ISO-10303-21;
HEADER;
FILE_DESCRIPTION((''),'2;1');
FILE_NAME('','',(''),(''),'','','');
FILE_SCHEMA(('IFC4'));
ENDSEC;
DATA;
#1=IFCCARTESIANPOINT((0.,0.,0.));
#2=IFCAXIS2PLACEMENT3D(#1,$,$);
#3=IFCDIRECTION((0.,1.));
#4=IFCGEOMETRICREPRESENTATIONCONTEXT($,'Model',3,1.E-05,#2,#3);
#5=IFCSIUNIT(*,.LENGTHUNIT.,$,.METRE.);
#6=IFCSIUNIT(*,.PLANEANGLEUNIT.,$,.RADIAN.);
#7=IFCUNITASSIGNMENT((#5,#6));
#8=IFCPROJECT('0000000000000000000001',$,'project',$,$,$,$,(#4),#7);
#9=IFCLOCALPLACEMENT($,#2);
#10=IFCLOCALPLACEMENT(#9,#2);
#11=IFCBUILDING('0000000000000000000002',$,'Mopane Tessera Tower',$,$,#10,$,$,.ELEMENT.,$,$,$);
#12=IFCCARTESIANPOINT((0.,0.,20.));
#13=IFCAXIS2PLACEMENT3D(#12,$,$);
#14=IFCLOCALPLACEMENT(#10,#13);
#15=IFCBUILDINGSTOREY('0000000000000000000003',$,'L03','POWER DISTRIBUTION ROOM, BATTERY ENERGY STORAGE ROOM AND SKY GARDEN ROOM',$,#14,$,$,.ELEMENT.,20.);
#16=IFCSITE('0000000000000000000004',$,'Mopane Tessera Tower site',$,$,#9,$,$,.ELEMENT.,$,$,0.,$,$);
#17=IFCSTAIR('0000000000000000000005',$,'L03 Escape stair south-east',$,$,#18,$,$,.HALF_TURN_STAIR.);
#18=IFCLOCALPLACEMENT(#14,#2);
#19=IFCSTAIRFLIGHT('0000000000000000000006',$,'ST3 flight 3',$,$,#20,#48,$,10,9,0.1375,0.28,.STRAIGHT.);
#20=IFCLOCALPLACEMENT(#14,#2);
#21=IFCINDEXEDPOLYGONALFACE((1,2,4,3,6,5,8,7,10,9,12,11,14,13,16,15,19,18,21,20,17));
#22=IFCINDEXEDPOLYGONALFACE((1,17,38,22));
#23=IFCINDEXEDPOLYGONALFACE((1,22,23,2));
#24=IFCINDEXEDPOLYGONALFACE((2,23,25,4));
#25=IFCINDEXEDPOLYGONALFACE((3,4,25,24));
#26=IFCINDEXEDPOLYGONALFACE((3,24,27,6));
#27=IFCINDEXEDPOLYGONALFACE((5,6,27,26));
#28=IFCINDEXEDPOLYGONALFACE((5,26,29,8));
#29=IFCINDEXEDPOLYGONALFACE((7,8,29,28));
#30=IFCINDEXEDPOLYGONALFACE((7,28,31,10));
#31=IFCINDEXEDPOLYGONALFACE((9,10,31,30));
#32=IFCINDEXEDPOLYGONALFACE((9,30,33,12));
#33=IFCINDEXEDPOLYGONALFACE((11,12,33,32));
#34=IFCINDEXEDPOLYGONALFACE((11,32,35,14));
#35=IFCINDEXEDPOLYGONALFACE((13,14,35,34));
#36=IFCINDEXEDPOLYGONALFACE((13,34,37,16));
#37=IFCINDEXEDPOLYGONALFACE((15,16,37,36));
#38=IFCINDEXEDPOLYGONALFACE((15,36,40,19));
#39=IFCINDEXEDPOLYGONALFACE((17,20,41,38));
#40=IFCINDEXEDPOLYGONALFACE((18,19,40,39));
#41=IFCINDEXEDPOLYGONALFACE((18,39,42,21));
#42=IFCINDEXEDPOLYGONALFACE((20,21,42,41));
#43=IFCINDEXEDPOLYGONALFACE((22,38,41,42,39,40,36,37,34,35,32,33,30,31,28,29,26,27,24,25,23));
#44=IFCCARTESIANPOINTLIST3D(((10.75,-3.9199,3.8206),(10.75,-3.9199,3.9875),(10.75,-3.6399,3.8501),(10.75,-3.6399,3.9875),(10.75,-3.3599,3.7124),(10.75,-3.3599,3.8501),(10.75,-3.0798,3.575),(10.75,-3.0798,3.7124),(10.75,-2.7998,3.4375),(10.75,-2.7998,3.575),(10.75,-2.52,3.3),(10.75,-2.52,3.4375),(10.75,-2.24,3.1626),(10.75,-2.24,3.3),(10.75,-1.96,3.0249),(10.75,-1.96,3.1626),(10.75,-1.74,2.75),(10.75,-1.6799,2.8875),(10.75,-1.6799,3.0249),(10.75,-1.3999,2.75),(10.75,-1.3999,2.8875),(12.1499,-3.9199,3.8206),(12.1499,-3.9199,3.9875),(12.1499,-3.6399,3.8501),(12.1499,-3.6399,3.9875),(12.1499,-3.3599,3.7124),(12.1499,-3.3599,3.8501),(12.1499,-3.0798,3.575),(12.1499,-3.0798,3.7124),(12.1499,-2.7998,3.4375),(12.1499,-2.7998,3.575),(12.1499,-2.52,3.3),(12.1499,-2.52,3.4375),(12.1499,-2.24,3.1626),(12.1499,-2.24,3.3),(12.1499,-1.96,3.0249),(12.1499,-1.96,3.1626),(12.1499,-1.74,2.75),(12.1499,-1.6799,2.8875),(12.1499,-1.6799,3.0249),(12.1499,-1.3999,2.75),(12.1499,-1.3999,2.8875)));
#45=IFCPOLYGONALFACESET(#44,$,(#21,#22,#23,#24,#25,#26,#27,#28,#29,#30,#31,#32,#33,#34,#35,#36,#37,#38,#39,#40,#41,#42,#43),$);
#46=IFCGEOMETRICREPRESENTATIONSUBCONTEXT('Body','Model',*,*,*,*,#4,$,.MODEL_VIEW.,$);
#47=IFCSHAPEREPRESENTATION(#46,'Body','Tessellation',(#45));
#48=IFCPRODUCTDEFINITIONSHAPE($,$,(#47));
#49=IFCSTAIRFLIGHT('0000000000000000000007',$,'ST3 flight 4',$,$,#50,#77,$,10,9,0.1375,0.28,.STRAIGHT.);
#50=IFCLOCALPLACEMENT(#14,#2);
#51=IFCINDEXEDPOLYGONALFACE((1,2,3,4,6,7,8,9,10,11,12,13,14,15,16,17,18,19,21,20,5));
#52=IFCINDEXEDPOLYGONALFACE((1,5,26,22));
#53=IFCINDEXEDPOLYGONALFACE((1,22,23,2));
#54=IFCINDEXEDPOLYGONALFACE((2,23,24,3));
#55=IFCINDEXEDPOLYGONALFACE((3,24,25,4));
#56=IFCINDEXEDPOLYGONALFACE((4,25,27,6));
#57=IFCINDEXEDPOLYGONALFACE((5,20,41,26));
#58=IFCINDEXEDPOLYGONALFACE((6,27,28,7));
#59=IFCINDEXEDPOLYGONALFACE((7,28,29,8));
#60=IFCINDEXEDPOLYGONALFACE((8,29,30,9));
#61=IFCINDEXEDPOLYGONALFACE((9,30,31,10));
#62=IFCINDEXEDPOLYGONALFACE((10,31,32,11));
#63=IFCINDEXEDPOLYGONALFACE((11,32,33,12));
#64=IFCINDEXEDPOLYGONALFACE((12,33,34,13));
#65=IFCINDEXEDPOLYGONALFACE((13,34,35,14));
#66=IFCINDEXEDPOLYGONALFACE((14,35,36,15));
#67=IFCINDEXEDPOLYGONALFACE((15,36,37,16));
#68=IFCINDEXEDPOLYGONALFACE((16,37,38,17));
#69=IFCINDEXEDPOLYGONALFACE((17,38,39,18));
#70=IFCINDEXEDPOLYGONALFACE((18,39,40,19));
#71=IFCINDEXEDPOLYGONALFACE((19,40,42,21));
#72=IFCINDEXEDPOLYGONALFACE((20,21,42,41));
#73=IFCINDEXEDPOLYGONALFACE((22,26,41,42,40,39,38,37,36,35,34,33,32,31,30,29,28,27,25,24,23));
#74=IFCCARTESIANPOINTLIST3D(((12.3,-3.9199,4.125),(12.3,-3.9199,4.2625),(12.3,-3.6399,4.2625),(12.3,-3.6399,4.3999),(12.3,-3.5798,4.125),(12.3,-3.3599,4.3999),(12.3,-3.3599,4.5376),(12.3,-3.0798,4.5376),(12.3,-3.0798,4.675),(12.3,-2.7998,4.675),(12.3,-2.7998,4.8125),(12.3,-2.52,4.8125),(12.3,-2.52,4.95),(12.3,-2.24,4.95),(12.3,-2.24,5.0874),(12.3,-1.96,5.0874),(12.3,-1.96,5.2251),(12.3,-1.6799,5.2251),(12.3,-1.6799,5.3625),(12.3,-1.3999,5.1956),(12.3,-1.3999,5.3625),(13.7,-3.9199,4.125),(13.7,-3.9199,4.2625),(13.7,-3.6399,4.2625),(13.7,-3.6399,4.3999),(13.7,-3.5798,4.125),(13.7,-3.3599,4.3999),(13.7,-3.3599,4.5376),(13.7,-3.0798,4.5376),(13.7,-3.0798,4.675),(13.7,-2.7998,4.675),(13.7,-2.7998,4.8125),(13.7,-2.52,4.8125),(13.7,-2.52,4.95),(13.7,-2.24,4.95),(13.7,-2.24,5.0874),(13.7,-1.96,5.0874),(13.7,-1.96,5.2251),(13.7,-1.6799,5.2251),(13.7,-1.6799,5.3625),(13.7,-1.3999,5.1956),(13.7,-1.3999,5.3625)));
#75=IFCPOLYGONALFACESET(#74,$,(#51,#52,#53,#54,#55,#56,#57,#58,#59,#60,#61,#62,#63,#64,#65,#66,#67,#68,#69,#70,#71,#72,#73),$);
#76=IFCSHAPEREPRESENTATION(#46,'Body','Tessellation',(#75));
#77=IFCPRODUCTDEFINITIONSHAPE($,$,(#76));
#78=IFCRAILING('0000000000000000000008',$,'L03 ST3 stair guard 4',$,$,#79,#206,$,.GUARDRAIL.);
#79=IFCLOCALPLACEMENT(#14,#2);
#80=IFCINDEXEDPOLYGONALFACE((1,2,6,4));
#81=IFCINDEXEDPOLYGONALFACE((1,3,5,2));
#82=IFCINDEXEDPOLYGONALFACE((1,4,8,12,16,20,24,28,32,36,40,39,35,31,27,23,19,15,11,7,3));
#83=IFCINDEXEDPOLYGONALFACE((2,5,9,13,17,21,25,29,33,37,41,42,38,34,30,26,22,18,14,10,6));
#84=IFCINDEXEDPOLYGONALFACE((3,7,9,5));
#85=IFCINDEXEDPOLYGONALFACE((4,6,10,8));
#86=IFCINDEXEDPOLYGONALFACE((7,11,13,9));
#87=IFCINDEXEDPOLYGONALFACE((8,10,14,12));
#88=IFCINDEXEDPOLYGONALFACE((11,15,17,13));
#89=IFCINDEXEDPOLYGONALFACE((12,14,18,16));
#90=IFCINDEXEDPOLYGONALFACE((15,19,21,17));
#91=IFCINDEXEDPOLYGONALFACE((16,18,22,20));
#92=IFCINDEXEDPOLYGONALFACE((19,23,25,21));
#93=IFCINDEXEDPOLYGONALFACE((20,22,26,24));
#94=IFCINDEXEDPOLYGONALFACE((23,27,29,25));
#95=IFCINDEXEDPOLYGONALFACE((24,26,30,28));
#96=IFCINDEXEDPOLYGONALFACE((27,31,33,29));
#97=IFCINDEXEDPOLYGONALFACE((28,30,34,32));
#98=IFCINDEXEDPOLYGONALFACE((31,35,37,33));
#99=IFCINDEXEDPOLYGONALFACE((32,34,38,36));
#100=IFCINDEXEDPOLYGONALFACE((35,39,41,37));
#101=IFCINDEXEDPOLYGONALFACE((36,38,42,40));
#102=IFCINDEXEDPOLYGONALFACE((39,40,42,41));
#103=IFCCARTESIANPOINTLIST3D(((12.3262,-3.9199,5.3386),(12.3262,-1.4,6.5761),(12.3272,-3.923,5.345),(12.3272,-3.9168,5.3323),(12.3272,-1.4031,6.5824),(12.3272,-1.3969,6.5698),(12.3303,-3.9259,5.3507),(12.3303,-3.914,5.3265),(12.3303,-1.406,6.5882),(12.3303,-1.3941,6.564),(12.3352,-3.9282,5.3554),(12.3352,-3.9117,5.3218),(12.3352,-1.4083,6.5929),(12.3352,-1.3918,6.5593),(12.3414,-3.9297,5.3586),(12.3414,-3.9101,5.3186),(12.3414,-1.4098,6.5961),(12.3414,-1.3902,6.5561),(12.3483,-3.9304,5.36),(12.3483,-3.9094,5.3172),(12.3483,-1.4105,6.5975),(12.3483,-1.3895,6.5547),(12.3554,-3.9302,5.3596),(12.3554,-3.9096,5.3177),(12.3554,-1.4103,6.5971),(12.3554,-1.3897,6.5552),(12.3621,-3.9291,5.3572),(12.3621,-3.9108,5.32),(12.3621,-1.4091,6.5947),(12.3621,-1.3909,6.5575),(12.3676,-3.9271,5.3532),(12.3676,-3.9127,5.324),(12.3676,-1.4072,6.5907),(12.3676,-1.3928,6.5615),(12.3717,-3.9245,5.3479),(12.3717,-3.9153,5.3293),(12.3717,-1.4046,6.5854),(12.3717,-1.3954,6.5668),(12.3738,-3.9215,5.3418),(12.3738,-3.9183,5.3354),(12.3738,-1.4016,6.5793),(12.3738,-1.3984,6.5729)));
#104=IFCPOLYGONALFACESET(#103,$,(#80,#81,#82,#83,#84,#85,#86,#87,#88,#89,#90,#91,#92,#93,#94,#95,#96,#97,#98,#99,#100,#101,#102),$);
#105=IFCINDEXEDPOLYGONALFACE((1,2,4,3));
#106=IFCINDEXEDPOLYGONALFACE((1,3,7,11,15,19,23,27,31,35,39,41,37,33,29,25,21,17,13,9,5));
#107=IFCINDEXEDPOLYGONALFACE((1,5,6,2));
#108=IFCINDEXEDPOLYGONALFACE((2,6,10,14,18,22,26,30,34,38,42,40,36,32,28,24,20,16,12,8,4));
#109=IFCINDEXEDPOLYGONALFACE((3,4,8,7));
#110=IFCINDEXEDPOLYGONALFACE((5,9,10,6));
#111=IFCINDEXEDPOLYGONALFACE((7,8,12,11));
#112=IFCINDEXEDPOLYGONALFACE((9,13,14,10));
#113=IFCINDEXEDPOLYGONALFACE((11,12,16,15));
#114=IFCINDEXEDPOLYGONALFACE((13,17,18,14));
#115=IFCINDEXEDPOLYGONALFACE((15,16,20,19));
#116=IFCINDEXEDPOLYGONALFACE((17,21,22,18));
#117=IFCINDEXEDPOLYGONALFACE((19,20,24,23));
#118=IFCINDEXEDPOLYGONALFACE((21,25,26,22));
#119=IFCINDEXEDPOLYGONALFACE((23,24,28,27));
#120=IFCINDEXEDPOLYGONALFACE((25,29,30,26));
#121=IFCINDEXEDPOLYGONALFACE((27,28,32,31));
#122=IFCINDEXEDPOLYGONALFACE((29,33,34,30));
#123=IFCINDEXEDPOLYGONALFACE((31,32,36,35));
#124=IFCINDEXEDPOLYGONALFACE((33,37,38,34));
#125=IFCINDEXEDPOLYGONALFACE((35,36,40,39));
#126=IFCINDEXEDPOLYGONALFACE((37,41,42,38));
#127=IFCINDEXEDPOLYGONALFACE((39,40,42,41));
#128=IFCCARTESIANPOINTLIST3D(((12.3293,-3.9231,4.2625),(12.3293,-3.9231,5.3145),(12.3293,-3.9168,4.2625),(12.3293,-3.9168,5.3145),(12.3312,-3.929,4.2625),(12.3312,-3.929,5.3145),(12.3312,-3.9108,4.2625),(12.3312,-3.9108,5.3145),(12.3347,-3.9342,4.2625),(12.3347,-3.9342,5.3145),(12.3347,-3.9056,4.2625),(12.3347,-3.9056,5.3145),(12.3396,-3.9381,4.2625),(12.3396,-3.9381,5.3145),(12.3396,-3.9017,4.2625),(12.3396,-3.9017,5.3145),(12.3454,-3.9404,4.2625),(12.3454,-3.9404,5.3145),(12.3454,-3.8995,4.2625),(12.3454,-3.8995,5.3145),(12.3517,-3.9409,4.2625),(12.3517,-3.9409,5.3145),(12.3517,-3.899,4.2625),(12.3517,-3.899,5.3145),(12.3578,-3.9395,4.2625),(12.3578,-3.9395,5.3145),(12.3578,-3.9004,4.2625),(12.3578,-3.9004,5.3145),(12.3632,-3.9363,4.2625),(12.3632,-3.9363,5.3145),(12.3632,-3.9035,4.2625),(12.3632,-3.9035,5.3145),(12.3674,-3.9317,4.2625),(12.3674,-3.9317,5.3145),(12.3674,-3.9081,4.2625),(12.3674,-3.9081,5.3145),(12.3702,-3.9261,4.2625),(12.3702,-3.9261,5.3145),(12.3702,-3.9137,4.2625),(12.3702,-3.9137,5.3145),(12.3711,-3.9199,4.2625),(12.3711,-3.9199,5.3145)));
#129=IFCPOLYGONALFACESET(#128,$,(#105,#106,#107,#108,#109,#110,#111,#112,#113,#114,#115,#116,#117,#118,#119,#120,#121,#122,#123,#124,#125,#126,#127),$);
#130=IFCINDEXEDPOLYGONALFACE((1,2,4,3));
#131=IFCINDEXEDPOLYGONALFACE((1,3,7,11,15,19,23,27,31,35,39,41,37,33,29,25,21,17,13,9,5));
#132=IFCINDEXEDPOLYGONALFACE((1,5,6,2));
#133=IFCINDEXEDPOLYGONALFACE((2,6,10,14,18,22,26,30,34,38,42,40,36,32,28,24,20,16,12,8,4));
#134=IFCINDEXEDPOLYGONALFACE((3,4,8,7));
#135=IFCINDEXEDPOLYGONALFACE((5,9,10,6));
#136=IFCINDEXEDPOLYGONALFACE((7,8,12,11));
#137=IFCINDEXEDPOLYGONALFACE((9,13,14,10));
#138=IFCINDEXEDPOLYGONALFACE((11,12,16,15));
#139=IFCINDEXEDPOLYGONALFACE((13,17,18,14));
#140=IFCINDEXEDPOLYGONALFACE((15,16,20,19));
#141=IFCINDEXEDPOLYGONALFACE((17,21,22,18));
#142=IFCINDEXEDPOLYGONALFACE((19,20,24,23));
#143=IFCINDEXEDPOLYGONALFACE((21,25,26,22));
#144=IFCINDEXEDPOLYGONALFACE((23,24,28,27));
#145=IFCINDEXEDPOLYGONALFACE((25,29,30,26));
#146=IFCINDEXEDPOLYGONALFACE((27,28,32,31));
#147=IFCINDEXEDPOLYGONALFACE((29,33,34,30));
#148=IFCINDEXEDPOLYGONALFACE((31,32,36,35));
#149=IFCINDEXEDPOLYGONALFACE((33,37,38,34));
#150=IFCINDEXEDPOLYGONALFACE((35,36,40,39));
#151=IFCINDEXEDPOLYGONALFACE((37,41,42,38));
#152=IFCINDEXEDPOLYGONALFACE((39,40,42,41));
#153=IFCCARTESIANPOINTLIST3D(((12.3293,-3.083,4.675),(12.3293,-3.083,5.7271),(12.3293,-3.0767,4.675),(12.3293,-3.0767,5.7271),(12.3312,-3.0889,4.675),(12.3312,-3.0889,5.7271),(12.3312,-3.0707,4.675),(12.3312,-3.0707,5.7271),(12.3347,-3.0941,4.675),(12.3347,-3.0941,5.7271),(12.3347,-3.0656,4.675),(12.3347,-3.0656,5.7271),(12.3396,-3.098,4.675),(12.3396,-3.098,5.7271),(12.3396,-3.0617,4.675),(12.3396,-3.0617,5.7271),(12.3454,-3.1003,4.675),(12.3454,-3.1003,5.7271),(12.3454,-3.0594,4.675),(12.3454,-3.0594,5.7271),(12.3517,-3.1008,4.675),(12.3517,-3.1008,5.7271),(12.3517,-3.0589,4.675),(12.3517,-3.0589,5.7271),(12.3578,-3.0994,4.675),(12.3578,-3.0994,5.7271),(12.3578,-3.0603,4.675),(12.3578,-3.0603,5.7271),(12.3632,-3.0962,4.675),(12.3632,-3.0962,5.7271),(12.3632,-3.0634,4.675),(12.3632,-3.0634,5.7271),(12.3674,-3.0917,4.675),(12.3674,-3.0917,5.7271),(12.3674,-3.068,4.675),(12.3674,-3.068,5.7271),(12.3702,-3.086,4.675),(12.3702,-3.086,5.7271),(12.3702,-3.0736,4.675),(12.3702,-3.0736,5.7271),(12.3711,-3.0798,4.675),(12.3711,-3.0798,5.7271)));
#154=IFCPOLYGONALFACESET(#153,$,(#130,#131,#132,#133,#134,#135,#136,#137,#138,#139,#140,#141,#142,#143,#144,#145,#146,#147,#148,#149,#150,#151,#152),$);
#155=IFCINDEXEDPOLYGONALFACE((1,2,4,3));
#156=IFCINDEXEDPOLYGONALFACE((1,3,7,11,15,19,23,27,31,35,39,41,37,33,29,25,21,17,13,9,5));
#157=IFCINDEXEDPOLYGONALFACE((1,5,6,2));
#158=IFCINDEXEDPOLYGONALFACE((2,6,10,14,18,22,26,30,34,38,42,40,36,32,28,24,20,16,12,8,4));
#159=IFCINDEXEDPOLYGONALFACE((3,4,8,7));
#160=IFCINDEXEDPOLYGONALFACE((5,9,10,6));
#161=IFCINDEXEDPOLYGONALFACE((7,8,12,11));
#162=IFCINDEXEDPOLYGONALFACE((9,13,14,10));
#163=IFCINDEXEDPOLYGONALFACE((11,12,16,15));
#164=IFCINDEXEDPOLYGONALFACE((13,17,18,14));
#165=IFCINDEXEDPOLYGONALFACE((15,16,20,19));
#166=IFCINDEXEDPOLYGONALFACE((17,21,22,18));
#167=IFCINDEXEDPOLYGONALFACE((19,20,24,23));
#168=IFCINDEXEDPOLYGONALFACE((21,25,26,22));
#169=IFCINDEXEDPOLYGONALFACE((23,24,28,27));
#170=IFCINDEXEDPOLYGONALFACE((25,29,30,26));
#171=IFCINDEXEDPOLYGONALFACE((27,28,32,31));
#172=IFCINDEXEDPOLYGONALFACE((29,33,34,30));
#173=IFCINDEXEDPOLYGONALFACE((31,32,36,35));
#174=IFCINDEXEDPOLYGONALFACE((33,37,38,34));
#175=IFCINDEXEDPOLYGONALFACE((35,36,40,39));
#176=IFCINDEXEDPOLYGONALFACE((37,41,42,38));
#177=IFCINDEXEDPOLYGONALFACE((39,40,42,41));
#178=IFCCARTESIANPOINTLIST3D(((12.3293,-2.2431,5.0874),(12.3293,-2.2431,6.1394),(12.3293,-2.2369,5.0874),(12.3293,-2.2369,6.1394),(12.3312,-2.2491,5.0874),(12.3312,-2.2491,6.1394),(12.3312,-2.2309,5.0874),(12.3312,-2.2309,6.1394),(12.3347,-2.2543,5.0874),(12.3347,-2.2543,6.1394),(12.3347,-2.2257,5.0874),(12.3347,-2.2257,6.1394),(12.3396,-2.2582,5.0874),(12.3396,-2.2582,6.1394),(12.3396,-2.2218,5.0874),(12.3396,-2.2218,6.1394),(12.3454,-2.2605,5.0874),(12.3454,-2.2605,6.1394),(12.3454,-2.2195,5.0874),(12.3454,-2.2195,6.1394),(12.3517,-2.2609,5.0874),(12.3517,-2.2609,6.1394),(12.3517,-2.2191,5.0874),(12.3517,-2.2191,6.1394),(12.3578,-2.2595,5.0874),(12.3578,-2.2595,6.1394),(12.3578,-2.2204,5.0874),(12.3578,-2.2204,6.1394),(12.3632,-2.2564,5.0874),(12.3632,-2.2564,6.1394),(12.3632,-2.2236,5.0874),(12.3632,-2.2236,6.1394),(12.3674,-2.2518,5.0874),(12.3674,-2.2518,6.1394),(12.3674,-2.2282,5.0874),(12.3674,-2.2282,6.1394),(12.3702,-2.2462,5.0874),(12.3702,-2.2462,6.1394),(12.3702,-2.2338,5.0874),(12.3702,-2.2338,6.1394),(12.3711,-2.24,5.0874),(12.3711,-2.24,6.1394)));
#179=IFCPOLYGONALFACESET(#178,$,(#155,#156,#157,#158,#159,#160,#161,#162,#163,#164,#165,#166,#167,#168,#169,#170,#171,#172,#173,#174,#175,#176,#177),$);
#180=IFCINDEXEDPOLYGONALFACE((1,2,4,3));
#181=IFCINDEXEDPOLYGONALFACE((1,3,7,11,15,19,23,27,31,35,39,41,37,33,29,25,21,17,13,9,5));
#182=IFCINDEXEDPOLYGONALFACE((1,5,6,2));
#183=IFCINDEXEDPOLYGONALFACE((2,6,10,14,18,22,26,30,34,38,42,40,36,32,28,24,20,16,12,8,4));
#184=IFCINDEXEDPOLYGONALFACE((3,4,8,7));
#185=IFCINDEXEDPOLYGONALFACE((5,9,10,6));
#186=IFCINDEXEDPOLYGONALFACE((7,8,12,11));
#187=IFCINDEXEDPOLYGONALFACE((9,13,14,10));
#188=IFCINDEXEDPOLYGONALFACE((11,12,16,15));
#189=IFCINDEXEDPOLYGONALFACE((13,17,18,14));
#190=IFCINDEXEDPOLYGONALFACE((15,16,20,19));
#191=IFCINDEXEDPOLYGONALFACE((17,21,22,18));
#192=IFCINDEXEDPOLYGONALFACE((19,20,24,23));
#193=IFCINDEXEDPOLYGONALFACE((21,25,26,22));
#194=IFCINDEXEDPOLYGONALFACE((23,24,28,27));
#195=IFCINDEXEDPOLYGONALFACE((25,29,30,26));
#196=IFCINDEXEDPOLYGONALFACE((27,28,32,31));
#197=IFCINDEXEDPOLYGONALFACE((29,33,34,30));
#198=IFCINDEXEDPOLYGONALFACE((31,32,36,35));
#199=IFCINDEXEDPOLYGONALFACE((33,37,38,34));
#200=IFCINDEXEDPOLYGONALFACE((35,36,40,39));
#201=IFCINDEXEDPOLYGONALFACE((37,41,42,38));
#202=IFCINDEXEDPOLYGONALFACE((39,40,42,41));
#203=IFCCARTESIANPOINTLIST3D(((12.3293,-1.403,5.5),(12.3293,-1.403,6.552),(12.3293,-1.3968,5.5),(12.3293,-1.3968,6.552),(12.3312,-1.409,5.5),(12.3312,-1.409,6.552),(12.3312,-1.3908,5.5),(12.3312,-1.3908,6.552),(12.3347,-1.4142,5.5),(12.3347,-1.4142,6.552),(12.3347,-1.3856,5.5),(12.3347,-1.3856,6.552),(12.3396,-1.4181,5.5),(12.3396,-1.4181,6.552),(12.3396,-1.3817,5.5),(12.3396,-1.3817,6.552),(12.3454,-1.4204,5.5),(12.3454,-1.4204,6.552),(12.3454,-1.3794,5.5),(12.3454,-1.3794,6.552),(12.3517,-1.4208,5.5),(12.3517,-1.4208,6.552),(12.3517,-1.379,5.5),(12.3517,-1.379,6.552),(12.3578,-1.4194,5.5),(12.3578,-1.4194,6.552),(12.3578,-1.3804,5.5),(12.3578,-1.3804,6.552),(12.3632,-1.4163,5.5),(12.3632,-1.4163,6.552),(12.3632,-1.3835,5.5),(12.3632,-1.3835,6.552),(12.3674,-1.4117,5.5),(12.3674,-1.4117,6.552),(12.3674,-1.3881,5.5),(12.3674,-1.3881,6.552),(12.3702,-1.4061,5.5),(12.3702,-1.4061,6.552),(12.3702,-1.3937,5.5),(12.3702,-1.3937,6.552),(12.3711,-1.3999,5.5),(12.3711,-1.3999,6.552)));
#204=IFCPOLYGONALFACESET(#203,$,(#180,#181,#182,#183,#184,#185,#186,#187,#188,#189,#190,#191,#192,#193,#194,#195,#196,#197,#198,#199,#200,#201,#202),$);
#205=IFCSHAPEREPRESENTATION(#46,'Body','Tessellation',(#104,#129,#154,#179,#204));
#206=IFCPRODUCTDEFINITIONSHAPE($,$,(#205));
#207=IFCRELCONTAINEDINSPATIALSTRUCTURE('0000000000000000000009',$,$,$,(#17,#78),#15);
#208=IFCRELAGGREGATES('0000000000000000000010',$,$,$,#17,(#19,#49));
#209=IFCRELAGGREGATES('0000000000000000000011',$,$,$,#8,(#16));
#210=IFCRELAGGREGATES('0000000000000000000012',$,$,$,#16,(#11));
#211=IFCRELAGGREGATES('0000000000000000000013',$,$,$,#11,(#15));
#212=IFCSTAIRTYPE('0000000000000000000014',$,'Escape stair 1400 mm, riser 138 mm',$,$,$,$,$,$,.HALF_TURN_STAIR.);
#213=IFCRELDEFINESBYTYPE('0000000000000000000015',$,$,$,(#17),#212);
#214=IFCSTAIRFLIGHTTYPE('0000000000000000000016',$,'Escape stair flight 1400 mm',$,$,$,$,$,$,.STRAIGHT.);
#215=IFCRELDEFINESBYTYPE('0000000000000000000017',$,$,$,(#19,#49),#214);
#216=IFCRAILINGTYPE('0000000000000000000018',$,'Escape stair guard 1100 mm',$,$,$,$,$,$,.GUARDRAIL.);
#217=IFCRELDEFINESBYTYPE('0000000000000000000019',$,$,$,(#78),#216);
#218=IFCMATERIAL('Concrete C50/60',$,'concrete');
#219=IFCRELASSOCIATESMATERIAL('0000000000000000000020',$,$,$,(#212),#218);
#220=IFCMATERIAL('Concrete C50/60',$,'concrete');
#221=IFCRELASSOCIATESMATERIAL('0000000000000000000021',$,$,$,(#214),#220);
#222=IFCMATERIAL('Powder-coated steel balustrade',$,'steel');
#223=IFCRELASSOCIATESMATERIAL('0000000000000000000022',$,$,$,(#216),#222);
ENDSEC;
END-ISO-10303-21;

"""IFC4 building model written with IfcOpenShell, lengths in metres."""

from ifc_helpers import new_model, si_unit, direction, frame, origin, origin_2d, place, context, subcontext, project, spatial, polyline, circle, outline, extrude, material, type_object, element, aggregate, save


model = new_model("IFC4")

# Units and contexts
model_context = context("Model", 3, precision=1e-05, world=origin(), true_north=direction((0.0, 1.0)))
body_context = subcontext(model_context, "Body", "Model", "MODEL_VIEW")
ifc_project = project(units=[si_unit("LENGTHUNIT", "METRE"), si_unit("PLANEANGLEUNIT", "RADIAN")], contexts=[model_context])

# Site, building, storey
site_placement = place(None, origin())
site = spatial("IfcSite", under=ifc_project, at=site_placement, Name="Mopane Tessera Tower site", CompositionType="ELEMENT", RefElevation=0.0)
building_placement = place(site_placement, origin())
building = spatial("IfcBuilding", under=site, at=building_placement, Name="Mopane Tessera Tower", CompositionType="ELEMENT")
storey_placement = place(building_placement, frame((0.0, 0.0, 20.0)))
storey = spatial("IfcBuildingStorey", under=building, at=storey_placement, Name="L03", Description="POWER DISTRIBUTION ROOM, BATTERY ENERGY STORAGE ROOM AND SKY GARDEN ROOM", CompositionType="ELEMENT", Elevation=20.0)

# Stair, stair flights
ifc_material_1 = material(Name="Concrete C50/60", Category="concrete")
stair_type = type_object("IfcStairType", Name="Escape stair 1400 mm, riser 138 mm", PredefinedType="HALF_TURN_STAIR", material=ifc_material_1)
stair_placement = place(storey_placement, origin())
stair = element("IfcStair", 1, at=stair_placement, inside=storey, type_object=stair_type, Name="L03 Escape stair south-east", PredefinedType="HALF_TURN_STAIR")
ifc_material_2 = material(Name="Concrete C50/60", Category="concrete")
stair_flight_type = type_object("IfcStairFlightType", Name="Escape stair flight 1400 mm", PredefinedType="STRAIGHT", material=ifc_material_2)
stair_flight_1_placement = place(storey_placement, frame((11.45, -1.3999, 2.75), z_axis=(0.0, 0.0, 1.0), x_axis=(0.0, -1.0, 0.0)))
stair_flight_1 = element("IfcStairFlight", 2, at=stair_flight_1_placement, type_object=stair_flight_type, Name="ST3 flight 3", NumberOfRisers=10, NumberOfTreads=9, PredefinedType="STRAIGHT", RiserHeight=0.1375, TreadLength=0.28, context=body_context, shape_type="SweptSolid", body=[
    extrude(outline(polyline([(0.0, 0.0), (0.0, 0.1375), (0.28, 0.1375), (0.28, 0.2749), (0.5601, 0.2749), (0.5601, 0.4126), (0.8401, 0.4126), (0.8401, 0.55), (1.1201, 0.55), (1.1201, 0.6875), (1.3999, 0.6875), (1.3999, 0.825), (1.6799, 0.825), (1.6799, 0.9624), (1.96, 0.9624), (1.96, 1.1001), (2.24, 1.1001), (2.24, 1.2375), (2.52, 1.2375), (2.52, 1.375), (2.52, 1.0706), (0.3401, 0.0), (0.0, 0.0)])), frame((0.0, 0.7, 0.0), z_axis=(0.0, -1.0, 0.0), x_axis=(1.0, 0.0, 0.0)), (0.0, 0.0, 1.0), 1.3999),
])
stair_flight_2_placement = place(storey_placement, frame((13.0, -3.9199, 4.125), z_axis=(0.0, 0.0, 1.0), x_axis=(0.0, 1.0, 0.0)))
stair_flight_2 = element("IfcStairFlight", 3, at=stair_flight_2_placement, type_object=stair_flight_type, Name="ST3 flight 4", NumberOfRisers=10, NumberOfTreads=9, PredefinedType="STRAIGHT", RiserHeight=0.1375, TreadLength=0.28, context=body_context, shape_type="SweptSolid", body=[
    extrude(outline(polyline([(0.0, 0.0), (0.0, 0.1375), (0.28, 0.1375), (0.28, 0.2749), (0.5601, 0.2749), (0.5601, 0.4126), (0.8401, 0.4126), (0.8401, 0.55), (1.1201, 0.55), (1.1201, 0.6875), (1.3999, 0.6875), (1.3999, 0.825), (1.6799, 0.825), (1.6799, 0.9624), (1.96, 0.9624), (1.96, 1.1001), (2.24, 1.1001), (2.24, 1.2375), (2.52, 1.2375), (2.52, 1.375), (2.52, 1.0706), (0.3401, 0.0), (0.0, 0.0)])), frame((0.0, 0.7, 0.0), z_axis=(0.0, -1.0, 0.0), x_axis=(1.0, 0.0, 0.0)), (0.0, 0.0, 1.0), 1.3999),
])
aggregate(stair, [stair_flight_1, stair_flight_2])

# Railing
ifc_material_3 = material(Name="Powder-coated steel balustrade", Category="steel")
railing_type_1 = type_object("IfcRailingType", Name="Escape stair guard 1100 mm", PredefinedType="GUARDRAIL", material=ifc_material_3)
railing_1_placement = place(storey_placement, frame((12.3501, -3.9199, 4.2625)))
element("IfcRailing", 4, at=railing_1_placement, inside=storey, type_object=railing_type_1, Name="L03 ST3 stair guard 4", PredefinedType="GUARDRAIL", context=body_context, shape_type="SweptSolid", body=[
    extrude(circle(Radius=0.0239, at=origin_2d()), frame((0.0, 0.0, 1.0762), z_axis=(0.0, 0.897604, 0.440802), x_axis=(-1.0, 0.0, 0.0)), (0.0, 0.0, 1.0), 2.8074),
    extrude(circle(Radius=0.021, at=origin_2d()), origin(), (0.0, 0.0, 1.0), 1.052),
    extrude(circle(Radius=0.021, at=origin_2d()), frame((0.0, 0.8401, 0.4126)), (0.0, 0.0, 1.0), 1.052),
    extrude(circle(Radius=0.021, at=origin_2d()), frame((0.0, 1.6799, 0.825)), (0.0, 0.0, 1.0), 1.052),
    extrude(circle(Radius=0.021, at=origin_2d()), frame((0.0, 2.52, 1.2375)), (0.0, 0.0, 1.0), 1.052),
])

save(model, "model.ifc")
